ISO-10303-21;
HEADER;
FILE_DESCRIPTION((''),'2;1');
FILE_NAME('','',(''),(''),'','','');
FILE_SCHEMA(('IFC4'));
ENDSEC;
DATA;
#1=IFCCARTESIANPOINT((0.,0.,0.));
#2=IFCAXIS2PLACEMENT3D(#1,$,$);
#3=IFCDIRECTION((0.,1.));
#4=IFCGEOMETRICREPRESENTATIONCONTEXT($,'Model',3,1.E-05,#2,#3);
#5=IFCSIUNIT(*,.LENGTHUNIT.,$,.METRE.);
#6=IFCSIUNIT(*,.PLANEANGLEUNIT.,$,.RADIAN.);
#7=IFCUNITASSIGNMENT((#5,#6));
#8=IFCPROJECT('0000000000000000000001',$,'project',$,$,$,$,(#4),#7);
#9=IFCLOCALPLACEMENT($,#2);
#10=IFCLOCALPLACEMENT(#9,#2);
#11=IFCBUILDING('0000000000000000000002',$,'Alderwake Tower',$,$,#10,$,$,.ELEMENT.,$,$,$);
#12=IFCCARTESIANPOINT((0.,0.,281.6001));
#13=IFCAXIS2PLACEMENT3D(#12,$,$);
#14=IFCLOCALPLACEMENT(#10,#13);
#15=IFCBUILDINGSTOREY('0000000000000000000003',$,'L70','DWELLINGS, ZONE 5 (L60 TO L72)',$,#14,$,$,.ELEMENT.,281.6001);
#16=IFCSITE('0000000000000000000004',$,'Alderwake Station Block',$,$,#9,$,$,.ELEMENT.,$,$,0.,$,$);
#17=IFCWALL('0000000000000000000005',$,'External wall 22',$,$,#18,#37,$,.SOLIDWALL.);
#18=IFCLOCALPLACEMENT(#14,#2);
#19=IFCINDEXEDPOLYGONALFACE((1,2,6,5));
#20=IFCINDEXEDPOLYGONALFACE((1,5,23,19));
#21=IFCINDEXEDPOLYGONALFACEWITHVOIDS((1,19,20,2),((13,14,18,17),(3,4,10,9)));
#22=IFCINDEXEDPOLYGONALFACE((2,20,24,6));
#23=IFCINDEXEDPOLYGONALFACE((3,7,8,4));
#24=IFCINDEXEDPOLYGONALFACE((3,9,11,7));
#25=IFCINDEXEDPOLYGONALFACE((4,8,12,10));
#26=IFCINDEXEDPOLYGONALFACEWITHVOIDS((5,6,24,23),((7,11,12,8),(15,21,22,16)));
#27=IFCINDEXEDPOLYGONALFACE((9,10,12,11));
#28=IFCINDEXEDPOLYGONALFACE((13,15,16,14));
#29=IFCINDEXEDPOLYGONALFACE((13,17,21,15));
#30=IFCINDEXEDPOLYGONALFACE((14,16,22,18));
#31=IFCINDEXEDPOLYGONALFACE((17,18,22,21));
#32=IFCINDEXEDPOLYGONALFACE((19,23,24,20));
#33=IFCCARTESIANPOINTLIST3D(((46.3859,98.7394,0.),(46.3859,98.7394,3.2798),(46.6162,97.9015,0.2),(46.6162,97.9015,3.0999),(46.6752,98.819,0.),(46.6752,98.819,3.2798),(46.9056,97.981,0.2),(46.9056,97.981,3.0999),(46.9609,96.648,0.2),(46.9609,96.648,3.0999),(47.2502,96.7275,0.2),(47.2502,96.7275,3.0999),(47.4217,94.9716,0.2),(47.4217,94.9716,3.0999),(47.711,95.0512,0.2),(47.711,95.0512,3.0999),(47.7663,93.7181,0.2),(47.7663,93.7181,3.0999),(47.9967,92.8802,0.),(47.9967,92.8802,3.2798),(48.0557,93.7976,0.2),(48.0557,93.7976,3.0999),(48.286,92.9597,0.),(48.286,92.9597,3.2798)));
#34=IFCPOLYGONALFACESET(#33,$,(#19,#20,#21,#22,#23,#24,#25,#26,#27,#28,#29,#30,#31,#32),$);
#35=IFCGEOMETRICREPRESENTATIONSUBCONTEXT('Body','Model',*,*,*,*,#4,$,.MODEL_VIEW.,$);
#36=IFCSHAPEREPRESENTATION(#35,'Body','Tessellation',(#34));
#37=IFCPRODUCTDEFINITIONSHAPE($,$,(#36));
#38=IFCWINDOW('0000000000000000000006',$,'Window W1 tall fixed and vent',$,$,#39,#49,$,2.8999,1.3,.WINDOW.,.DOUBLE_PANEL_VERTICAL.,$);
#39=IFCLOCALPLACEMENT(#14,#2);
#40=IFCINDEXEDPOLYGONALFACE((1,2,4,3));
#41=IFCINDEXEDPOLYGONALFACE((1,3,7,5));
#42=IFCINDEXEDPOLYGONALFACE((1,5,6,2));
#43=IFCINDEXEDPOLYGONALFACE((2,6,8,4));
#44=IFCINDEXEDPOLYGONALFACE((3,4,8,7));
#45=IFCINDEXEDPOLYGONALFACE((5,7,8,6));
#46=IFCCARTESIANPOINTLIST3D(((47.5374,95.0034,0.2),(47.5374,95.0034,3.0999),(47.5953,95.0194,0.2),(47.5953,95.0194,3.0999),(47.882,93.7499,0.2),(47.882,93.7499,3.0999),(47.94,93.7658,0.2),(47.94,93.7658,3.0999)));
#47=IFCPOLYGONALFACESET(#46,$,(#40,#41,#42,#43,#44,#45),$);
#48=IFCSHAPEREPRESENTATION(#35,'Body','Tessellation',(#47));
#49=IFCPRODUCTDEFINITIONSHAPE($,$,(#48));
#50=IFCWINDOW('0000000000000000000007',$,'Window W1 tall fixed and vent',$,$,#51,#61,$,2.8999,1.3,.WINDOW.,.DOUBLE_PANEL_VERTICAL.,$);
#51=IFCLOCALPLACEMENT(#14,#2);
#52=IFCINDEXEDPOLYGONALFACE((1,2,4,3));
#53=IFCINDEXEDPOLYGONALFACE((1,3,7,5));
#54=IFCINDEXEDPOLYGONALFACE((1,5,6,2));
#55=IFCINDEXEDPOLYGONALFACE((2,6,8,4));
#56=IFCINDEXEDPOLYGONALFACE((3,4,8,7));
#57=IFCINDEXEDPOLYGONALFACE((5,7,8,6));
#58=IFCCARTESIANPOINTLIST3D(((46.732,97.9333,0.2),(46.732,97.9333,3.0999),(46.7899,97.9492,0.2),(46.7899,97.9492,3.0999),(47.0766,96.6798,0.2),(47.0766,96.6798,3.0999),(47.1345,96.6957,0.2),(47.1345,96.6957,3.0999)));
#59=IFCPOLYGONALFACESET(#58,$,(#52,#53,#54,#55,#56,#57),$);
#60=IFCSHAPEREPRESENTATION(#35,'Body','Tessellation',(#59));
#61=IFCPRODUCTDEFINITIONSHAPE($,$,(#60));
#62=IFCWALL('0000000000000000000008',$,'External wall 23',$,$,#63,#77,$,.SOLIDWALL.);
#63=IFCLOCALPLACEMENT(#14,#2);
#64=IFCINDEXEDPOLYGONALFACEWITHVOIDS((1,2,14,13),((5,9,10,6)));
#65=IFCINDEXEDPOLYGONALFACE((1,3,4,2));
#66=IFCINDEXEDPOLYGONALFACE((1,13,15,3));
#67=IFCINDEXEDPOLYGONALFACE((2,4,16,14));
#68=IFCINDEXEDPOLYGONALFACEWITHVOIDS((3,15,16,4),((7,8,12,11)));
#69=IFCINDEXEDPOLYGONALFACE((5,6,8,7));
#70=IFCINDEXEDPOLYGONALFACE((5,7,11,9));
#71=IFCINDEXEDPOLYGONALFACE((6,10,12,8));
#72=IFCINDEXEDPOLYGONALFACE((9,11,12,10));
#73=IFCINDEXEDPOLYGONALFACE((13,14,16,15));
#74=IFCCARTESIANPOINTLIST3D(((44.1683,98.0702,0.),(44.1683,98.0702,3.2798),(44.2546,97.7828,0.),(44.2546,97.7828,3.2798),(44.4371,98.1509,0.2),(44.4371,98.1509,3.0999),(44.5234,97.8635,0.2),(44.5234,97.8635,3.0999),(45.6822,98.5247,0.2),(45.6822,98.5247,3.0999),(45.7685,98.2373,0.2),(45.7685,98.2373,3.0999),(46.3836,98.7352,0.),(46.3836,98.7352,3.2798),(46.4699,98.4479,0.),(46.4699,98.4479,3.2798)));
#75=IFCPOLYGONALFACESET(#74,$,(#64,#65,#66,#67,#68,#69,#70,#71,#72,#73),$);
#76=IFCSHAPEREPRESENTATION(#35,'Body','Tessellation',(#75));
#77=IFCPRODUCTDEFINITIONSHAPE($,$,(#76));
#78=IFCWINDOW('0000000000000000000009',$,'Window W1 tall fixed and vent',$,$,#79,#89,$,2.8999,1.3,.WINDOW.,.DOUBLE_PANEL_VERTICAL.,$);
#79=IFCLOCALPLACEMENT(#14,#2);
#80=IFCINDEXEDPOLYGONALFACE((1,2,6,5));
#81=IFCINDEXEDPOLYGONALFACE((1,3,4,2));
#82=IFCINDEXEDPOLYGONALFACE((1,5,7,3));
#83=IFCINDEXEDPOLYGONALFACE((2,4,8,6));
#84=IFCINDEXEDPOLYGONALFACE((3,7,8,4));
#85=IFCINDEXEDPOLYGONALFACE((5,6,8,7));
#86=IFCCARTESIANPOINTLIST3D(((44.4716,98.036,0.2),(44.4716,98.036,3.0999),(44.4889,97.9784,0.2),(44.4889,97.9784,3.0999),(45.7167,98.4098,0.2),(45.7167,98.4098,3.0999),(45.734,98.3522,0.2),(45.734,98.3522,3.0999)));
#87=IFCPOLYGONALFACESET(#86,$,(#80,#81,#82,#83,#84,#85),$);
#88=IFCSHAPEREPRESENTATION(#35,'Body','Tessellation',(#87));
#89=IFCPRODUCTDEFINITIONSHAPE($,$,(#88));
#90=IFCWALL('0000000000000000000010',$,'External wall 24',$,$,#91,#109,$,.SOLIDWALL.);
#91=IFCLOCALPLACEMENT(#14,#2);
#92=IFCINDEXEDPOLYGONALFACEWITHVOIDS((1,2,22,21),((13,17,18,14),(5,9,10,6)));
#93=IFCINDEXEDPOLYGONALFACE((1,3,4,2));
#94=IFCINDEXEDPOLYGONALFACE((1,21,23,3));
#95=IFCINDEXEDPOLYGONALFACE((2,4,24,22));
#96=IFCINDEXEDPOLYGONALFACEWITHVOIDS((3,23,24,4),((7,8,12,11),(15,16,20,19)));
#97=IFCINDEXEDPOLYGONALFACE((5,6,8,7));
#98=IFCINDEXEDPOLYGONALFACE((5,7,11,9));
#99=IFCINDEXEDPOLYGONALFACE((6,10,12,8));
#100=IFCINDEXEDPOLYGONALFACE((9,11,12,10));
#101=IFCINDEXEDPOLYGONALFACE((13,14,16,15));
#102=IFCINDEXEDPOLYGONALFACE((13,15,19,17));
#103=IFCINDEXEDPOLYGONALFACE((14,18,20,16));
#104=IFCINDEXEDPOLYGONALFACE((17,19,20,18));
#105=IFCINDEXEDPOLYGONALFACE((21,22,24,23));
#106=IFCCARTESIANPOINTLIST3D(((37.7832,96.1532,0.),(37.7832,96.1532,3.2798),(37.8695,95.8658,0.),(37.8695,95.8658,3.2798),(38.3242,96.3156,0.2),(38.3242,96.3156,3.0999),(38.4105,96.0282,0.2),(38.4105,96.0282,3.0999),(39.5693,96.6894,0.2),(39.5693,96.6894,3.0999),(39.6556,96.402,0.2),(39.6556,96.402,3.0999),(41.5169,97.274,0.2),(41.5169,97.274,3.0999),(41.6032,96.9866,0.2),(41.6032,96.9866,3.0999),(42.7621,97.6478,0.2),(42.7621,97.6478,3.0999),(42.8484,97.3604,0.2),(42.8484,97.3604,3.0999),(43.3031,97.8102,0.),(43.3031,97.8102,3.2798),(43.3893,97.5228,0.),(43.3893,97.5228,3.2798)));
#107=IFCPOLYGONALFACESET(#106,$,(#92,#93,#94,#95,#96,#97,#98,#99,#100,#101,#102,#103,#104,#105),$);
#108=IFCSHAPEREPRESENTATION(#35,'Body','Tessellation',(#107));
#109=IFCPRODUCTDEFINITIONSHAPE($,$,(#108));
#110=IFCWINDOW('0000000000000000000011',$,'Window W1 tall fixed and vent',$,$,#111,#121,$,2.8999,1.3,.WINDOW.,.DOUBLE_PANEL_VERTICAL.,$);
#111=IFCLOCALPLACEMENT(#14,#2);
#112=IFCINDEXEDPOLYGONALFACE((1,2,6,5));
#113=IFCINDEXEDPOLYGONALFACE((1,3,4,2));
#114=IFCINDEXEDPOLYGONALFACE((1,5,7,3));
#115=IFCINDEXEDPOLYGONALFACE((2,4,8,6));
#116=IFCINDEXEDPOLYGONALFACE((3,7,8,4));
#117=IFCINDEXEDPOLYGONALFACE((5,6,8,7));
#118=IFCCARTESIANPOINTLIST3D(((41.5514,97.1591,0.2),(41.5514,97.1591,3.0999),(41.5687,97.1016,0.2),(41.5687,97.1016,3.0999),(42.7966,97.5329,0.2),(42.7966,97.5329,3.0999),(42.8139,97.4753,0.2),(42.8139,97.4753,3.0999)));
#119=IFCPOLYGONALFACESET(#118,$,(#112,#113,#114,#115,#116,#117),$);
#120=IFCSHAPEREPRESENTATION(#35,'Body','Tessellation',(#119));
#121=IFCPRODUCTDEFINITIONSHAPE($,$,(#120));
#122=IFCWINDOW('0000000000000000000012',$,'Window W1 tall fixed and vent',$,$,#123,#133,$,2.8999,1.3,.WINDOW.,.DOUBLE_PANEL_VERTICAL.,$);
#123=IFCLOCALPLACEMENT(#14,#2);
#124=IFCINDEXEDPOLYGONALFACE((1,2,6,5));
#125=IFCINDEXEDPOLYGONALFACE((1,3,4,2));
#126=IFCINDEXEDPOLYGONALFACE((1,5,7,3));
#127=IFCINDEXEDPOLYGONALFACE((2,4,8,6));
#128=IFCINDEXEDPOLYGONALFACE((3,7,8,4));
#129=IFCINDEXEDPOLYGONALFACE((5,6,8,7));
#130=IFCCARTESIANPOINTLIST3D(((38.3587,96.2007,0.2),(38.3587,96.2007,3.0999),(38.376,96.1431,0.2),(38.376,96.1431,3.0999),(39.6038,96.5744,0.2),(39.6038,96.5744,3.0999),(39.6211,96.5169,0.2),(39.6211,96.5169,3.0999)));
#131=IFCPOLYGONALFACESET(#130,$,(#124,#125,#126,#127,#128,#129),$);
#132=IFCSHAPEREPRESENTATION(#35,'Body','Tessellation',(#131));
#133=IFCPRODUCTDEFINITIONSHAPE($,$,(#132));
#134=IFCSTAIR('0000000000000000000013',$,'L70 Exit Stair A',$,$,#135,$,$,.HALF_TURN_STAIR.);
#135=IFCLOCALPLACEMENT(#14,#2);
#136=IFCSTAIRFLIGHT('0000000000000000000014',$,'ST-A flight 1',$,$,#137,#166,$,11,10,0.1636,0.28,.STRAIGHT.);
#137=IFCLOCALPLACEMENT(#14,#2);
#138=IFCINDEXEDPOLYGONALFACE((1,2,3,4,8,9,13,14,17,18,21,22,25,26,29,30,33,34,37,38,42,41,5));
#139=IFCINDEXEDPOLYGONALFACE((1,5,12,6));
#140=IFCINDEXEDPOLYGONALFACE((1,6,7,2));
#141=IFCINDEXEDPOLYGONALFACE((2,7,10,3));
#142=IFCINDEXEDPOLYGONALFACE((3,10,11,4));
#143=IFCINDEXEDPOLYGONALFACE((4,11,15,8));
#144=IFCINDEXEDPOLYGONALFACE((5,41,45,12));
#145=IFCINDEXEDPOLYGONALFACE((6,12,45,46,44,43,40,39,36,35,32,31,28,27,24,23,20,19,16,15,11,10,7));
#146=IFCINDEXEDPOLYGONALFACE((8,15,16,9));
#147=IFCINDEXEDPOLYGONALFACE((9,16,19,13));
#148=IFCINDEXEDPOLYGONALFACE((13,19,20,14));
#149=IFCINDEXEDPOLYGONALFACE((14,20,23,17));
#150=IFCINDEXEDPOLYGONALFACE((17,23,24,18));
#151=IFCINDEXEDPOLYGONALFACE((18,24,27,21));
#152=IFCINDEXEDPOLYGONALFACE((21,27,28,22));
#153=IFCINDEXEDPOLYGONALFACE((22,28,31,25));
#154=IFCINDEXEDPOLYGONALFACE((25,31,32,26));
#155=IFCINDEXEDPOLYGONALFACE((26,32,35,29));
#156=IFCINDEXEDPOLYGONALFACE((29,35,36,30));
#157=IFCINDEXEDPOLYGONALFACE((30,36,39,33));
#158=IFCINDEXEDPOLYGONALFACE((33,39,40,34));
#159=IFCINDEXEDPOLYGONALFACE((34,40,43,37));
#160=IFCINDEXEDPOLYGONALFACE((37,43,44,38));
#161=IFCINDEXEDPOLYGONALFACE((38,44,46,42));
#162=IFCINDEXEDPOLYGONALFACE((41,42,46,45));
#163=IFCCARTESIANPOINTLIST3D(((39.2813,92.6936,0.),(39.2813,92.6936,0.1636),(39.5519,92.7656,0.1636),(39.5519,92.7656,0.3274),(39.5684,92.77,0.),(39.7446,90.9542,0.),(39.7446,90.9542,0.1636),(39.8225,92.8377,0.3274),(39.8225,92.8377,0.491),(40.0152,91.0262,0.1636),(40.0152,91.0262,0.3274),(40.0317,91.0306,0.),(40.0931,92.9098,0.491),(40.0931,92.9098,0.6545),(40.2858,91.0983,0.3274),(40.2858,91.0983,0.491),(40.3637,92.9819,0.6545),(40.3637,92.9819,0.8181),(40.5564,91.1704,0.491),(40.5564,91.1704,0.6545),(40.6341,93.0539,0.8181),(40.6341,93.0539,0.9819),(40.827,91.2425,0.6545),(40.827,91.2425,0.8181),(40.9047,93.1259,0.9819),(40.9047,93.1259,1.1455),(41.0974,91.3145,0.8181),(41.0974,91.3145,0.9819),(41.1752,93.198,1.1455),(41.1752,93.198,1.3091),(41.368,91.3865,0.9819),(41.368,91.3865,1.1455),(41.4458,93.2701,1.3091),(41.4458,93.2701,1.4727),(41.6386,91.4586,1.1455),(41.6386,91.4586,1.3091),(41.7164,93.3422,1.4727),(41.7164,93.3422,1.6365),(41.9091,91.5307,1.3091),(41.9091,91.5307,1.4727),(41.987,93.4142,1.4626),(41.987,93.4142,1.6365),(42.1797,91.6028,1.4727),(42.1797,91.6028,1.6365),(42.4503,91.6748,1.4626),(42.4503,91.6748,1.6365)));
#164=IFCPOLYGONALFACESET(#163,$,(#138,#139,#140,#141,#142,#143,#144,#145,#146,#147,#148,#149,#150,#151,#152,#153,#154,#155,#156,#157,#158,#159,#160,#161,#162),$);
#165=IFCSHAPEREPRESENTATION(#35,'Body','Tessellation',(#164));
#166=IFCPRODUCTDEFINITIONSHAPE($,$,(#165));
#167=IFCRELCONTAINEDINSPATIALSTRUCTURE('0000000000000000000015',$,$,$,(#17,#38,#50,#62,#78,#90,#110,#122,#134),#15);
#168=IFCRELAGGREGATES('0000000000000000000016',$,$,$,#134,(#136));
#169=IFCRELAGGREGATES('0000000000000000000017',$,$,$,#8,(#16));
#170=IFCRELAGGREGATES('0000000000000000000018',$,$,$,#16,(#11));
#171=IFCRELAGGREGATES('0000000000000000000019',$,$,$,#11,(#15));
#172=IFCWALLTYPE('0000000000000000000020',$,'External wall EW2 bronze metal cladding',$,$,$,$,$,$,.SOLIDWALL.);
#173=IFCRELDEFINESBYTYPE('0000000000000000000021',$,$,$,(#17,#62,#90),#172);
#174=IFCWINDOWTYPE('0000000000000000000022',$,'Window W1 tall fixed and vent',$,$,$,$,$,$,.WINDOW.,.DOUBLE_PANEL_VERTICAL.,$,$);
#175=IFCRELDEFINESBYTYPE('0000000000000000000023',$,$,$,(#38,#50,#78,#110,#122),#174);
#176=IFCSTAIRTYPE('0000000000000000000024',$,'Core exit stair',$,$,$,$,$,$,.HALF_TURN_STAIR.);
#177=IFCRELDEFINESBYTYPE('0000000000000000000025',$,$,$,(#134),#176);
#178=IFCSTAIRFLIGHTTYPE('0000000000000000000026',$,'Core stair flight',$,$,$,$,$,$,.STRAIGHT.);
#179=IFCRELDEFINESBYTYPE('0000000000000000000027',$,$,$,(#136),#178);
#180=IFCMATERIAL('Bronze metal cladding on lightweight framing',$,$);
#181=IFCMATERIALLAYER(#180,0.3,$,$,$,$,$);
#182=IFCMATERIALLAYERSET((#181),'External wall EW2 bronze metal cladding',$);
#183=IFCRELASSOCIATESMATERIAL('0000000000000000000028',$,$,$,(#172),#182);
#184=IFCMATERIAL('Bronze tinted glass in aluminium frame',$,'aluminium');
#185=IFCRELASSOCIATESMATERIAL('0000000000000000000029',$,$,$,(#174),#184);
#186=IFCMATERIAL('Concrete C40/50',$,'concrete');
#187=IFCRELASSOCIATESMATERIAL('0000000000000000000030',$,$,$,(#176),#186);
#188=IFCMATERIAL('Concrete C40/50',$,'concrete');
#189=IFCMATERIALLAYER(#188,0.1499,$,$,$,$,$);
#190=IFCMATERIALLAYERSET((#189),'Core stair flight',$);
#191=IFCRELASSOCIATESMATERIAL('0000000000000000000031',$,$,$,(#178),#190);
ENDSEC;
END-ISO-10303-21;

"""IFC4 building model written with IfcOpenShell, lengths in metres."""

from ifc_helpers import new_model, si_unit, direction, frame, frame_2d, origin, place, context, subcontext, project, spatial, polyline, rectangle, outline, extrude, material, layer, layer_set, type_object, element, fill, aggregate, save


model = new_model("IFC4")

# Units and contexts
model_context = context("Model", 3, precision=1e-05, world=origin(), true_north=direction((0.0, 1.0)))
body_context = subcontext(model_context, "Body", "Model", "MODEL_VIEW")
ifc_project = project(units=[si_unit("LENGTHUNIT", "METRE"), si_unit("PLANEANGLEUNIT", "RADIAN")], contexts=[model_context])

# Site, building, storey
site_placement = place(None, origin())
site = spatial("IfcSite", under=ifc_project, at=site_placement, Name="Alderwake Station Block", CompositionType="ELEMENT", RefElevation=0.0)
building_placement = place(site_placement, origin())
building = spatial("IfcBuilding", under=site, at=building_placement, Name="Alderwake Tower", CompositionType="ELEMENT")
storey_placement = place(building_placement, frame((0.0, 0.0, 281.6001)))
storey = spatial("IfcBuildingStorey", under=building, at=storey_placement, Name="L70", Description="DWELLINGS, ZONE 5 (L60 TO L72)", CompositionType="ELEMENT", Elevation=281.6001)

# Shared definitions
ifc_material_1 = material(Name="Bronze metal cladding on lightweight framing")
ifc_layer_1 = layer(ifc_material_1, 0.3)
ifc_layer_set_1 = layer_set([ifc_layer_1], Name="External wall EW2 bronze metal cladding")
wall_type_1 = type_object("IfcWallType", Name="External wall EW2 bronze metal cladding", PredefinedType="SOLIDWALL", material=ifc_layer_set_1)
ifc_material_2 = material(Name="Bronze tinted glass in aluminium frame", Category="aluminium")
window_type = type_object("IfcWindowType", Name="Window W1 tall fixed and vent", PartitioningType="DOUBLE_PANEL_VERTICAL", PredefinedType="WINDOW", material=ifc_material_2)

# Wall, openings, windows
wall_1_placement = place(storey_placement, frame((48.1414, 92.9199, 0.0), z_axis=(0.0, 0.0, 1.0), x_axis=(-0.265082, 0.964226, 0.0)))
wall_1 = element("IfcWall", 1, at=wall_1_placement, inside=storey, type_object=wall_type_1, Name="External wall 22", PredefinedType="SOLIDWALL", context=body_context, shape_type="SweptSolid", body=[
    extrude(rectangle(XDim=6.0767, YDim=0.3, at=frame_2d((3.0383, 0.0))), origin(), (0.0, 0.0, 1.0), 3.2798),
])
opening_1_placement = place(wall_1_placement, frame((0.8691, 0.0, 0.2)))
opening_1 = element("IfcOpeningElement", 2, at=opening_1_placement, cuts=wall_1, PredefinedType="OPENING", context=body_context, shape_type="SweptSolid", body=[
    extrude(rectangle(XDim=1.3, YDim=2.8999, at=frame_2d((0.6499, 1.45))), frame((0.0, 0.1599, 0.0), z_axis=(0.0, -1.0, 0.0), x_axis=(1.0, 0.0, 0.0)), (0.0, 0.0, 1.0), 0.3201),
])
opening_2_placement = place(wall_1_placement, frame((3.9077, 0.0, 0.2)))
opening_2 = element("IfcOpeningElement", 3, at=opening_2_placement, cuts=wall_1, PredefinedType="OPENING", context=body_context, shape_type="SweptSolid", body=[
    extrude(rectangle(XDim=1.3, YDim=2.8999, at=frame_2d((0.6499, 1.45))), frame((0.0, 0.1599, 0.0), z_axis=(0.0, -1.0, 0.0), x_axis=(1.0, 0.0, 0.0)), (0.0, 0.0, 1.0), 0.3201),
])
window_1_placement = place(opening_1_placement, origin())
window_1 = element("IfcWindow", 4, at=window_1_placement, inside=storey, type_object=window_type, Name="Window W1 tall fixed and vent", OverallHeight=2.8999, OverallWidth=1.3, PartitioningType="DOUBLE_PANEL_VERTICAL", PredefinedType="WINDOW", context=body_context, shape_type="SweptSolid", body=[
    extrude(rectangle(XDim=1.3, YDim=2.8999, at=frame_2d((0.6499, 1.45))), frame((0.0, 0.03, 0.0), z_axis=(0.0, -1.0, 0.0), x_axis=(1.0, 0.0, 0.0)), (0.0, 0.0, 1.0), 0.0601),
])
fill(opening_1, window_1)
window_2_placement = place(opening_2_placement, origin())
window_2 = element("IfcWindow", 5, at=window_2_placement, inside=storey, type_object=window_type, Name="Window W1 tall fixed and vent", OverallHeight=2.8999, OverallWidth=1.3, PartitioningType="DOUBLE_PANEL_VERTICAL", PredefinedType="WINDOW", context=body_context, shape_type="SweptSolid", body=[
    extrude(rectangle(XDim=1.3, YDim=2.8999, at=frame_2d((0.6499, 1.45))), frame((0.0, 0.03, 0.0), z_axis=(0.0, -1.0, 0.0), x_axis=(1.0, 0.0, 0.0)), (0.0, 0.0, 1.0), 0.0601),
])
fill(opening_2, window_2)

# Wall, opening, window
wall_2_placement = place(storey_placement, frame((46.4268, 98.5916, 0.0), z_axis=(0.0, 0.0, 1.0), x_axis=(-0.957774, -0.287522, 0.0)))
wall_2 = element("IfcWall", 6, at=wall_2_placement, inside=storey, type_object=wall_type_1, Name="External wall 23", PredefinedType="SOLIDWALL", context=body_context, shape_type="SweptSolid", body=[
    extrude(rectangle(XDim=2.313, YDim=0.3, at=frame_2d((1.1565, 0.0))), origin(), (0.0, 0.0, 1.0), 3.2798),
])
opening_3_placement = place(wall_2_placement, frame((0.7324, 0.0, 0.2)))
opening_3 = element("IfcOpeningElement", 7, at=opening_3_placement, cuts=wall_2, PredefinedType="OPENING", context=body_context, shape_type="SweptSolid", body=[
    extrude(rectangle(XDim=1.3, YDim=2.8999, at=frame_2d((0.6499, 1.45))), frame((0.0, 0.1599, 0.0), z_axis=(0.0, -1.0, 0.0), x_axis=(1.0, 0.0, 0.0)), (0.0, 0.0, 1.0), 0.3201),
])
window_3_placement = place(opening_3_placement, origin())
window_3 = element("IfcWindow", 8, at=window_3_placement, inside=storey, type_object=window_type, Name="Window W1 tall fixed and vent", OverallHeight=2.8999, OverallWidth=1.3, PartitioningType="DOUBLE_PANEL_VERTICAL", PredefinedType="WINDOW", context=body_context, shape_type="SweptSolid", body=[
    extrude(rectangle(XDim=1.3, YDim=2.8999, at=frame_2d((0.6499, 1.45))), frame((0.0, 0.03, 0.0), z_axis=(0.0, -1.0, 0.0), x_axis=(1.0, 0.0, 0.0)), (0.0, 0.0, 1.0), 0.0601),
])
fill(opening_3, window_3)

# Wall, openings, windows
wall_3_placement = place(storey_placement, frame((43.3462, 97.6665, 0.0), z_axis=(0.0, 0.0, 1.0), x_axis=(-0.957776, -0.287515, 0.0)))
wall_3 = element("IfcWall", 9, at=wall_3_placement, inside=storey, type_object=wall_type_1, Name="External wall 24", PredefinedType="SOLIDWALL", context=body_context, shape_type="SweptSolid", body=[
    extrude(rectangle(XDim=5.7632, YDim=0.3, at=frame_2d((2.8816, 0.0))), origin(), (0.0, 0.0, 1.0), 3.2798),
])
opening_4_placement = place(wall_3_placement, frame((0.5649, 0.0, 0.2)))
opening_4 = element("IfcOpeningElement", 10, at=opening_4_placement, cuts=wall_3, PredefinedType="OPENING", context=body_context, shape_type="SweptSolid", body=[
    extrude(rectangle(XDim=1.3, YDim=2.8999, at=frame_2d((0.6499, 1.45))), frame((0.0, 0.1599, 0.0), z_axis=(0.0, -1.0, 0.0), x_axis=(1.0, 0.0, 0.0)), (0.0, 0.0, 1.0), 0.3201),
])
opening_5_placement = place(wall_3_placement, frame((3.8984, 0.0, 0.2)))
opening_5 = element("IfcOpeningElement", 11, at=opening_5_placement, cuts=wall_3, PredefinedType="OPENING", context=body_context, shape_type="SweptSolid", body=[
    extrude(rectangle(XDim=1.3, YDim=2.8999, at=frame_2d((0.6499, 1.45))), frame((0.0, 0.1599, 0.0), z_axis=(0.0, -1.0, 0.0), x_axis=(1.0, 0.0, 0.0)), (0.0, 0.0, 1.0), 0.3201),
])
window_4_placement = place(opening_4_placement, origin())
window_4 = element("IfcWindow", 12, at=window_4_placement, inside=storey, type_object=window_type, Name="Window W1 tall fixed and vent", OverallHeight=2.8999, OverallWidth=1.3, PartitioningType="DOUBLE_PANEL_VERTICAL", PredefinedType="WINDOW", context=body_context, shape_type="SweptSolid", body=[
    extrude(rectangle(XDim=1.3, YDim=2.8999, at=frame_2d((0.6499, 1.45))), frame((0.0, 0.03, 0.0), z_axis=(0.0, -1.0, 0.0), x_axis=(1.0, 0.0, 0.0)), (0.0, 0.0, 1.0), 0.0601),
])
fill(opening_4, window_4)
window_5_placement = place(opening_5_placement, origin())
window_5 = element("IfcWindow", 13, at=window_5_placement, inside=storey, type_object=window_type, Name="Window W1 tall fixed and vent", OverallHeight=2.8999, OverallWidth=1.3, PartitioningType="DOUBLE_PANEL_VERTICAL", PredefinedType="WINDOW", context=body_context, shape_type="SweptSolid", body=[
    extrude(rectangle(XDim=1.3, YDim=2.8999, at=frame_2d((0.6499, 1.45))), frame((0.0, 0.03, 0.0), z_axis=(0.0, -1.0, 0.0), x_axis=(1.0, 0.0, 0.0)), (0.0, 0.0, 1.0), 0.0601),
])
fill(opening_5, window_5)

# Stair, stair flight
ifc_material_3 = material(Name="Concrete C40/50", Category="concrete")
stair_type = type_object("IfcStairType", Name="Core exit stair", PredefinedType="HALF_TURN_STAIR", material=ifc_material_3)
stair_placement = place(storey_placement, origin())
stair = element("IfcStair", 14, at=stair_placement, inside=storey, type_object=stair_type, Name="L70 Exit Stair A", PredefinedType="HALF_TURN_STAIR")
ifc_material_4 = material(Name="Concrete C40/50", Category="concrete")
ifc_layer_2 = layer(ifc_material_4, 0.1499)
ifc_layer_set_2 = layer_set([ifc_layer_2], Name="Core stair flight")
stair_flight_type = type_object("IfcStairFlightType", Name="Core stair flight", PredefinedType="STRAIGHT", material=ifc_layer_set_2)
stair_flight_1_placement = place(storey_placement, frame((39.5129, 91.824, 0.0), z_axis=(0.0, 0.0, 1.0), x_axis=(0.96631, 0.257382, 0.0)))
stair_flight_1 = element("IfcStairFlight", 15, at=stair_flight_1_placement, type_object=stair_flight_type, Name="ST-A flight 1", NumberOfRisers=11, NumberOfTreads=10, PredefinedType="STRAIGHT", RiserHeight=0.1636, TreadLength=0.28, context=body_context, shape_type="SweptSolid", body=[
    extrude(outline(polyline([(0.0, 0.0), (0.0, 0.1636), (0.28, 0.1636), (0.28, 0.3274), (0.5601, 0.3274), (0.5601, 0.491), (0.8401, 0.491), (0.8401, 0.6545), (1.1201, 0.6545), (1.1201, 0.8181), (1.3999, 0.8181), (1.3999, 0.9819), (1.6799, 0.9819), (1.6799, 1.1455), (1.96, 1.1455), (1.96, 1.3091), (2.24, 1.3091), (2.24, 1.4727), (2.52, 1.4727), (2.52, 1.6365), (2.8, 1.6365), (2.8, 1.8), (2.8, 1.4626), (0.2971, 0.0), (0.0, 0.0)])), frame((0.0, 0.8999, 0.0), z_axis=(0.0, -1.0, 0.0), x_axis=(1.0, 0.0, 0.0)), (0.0, 0.0, 1.0), 1.8),
])
aggregate(stair, [stair_flight_1])

save(model, "model.ifc")
